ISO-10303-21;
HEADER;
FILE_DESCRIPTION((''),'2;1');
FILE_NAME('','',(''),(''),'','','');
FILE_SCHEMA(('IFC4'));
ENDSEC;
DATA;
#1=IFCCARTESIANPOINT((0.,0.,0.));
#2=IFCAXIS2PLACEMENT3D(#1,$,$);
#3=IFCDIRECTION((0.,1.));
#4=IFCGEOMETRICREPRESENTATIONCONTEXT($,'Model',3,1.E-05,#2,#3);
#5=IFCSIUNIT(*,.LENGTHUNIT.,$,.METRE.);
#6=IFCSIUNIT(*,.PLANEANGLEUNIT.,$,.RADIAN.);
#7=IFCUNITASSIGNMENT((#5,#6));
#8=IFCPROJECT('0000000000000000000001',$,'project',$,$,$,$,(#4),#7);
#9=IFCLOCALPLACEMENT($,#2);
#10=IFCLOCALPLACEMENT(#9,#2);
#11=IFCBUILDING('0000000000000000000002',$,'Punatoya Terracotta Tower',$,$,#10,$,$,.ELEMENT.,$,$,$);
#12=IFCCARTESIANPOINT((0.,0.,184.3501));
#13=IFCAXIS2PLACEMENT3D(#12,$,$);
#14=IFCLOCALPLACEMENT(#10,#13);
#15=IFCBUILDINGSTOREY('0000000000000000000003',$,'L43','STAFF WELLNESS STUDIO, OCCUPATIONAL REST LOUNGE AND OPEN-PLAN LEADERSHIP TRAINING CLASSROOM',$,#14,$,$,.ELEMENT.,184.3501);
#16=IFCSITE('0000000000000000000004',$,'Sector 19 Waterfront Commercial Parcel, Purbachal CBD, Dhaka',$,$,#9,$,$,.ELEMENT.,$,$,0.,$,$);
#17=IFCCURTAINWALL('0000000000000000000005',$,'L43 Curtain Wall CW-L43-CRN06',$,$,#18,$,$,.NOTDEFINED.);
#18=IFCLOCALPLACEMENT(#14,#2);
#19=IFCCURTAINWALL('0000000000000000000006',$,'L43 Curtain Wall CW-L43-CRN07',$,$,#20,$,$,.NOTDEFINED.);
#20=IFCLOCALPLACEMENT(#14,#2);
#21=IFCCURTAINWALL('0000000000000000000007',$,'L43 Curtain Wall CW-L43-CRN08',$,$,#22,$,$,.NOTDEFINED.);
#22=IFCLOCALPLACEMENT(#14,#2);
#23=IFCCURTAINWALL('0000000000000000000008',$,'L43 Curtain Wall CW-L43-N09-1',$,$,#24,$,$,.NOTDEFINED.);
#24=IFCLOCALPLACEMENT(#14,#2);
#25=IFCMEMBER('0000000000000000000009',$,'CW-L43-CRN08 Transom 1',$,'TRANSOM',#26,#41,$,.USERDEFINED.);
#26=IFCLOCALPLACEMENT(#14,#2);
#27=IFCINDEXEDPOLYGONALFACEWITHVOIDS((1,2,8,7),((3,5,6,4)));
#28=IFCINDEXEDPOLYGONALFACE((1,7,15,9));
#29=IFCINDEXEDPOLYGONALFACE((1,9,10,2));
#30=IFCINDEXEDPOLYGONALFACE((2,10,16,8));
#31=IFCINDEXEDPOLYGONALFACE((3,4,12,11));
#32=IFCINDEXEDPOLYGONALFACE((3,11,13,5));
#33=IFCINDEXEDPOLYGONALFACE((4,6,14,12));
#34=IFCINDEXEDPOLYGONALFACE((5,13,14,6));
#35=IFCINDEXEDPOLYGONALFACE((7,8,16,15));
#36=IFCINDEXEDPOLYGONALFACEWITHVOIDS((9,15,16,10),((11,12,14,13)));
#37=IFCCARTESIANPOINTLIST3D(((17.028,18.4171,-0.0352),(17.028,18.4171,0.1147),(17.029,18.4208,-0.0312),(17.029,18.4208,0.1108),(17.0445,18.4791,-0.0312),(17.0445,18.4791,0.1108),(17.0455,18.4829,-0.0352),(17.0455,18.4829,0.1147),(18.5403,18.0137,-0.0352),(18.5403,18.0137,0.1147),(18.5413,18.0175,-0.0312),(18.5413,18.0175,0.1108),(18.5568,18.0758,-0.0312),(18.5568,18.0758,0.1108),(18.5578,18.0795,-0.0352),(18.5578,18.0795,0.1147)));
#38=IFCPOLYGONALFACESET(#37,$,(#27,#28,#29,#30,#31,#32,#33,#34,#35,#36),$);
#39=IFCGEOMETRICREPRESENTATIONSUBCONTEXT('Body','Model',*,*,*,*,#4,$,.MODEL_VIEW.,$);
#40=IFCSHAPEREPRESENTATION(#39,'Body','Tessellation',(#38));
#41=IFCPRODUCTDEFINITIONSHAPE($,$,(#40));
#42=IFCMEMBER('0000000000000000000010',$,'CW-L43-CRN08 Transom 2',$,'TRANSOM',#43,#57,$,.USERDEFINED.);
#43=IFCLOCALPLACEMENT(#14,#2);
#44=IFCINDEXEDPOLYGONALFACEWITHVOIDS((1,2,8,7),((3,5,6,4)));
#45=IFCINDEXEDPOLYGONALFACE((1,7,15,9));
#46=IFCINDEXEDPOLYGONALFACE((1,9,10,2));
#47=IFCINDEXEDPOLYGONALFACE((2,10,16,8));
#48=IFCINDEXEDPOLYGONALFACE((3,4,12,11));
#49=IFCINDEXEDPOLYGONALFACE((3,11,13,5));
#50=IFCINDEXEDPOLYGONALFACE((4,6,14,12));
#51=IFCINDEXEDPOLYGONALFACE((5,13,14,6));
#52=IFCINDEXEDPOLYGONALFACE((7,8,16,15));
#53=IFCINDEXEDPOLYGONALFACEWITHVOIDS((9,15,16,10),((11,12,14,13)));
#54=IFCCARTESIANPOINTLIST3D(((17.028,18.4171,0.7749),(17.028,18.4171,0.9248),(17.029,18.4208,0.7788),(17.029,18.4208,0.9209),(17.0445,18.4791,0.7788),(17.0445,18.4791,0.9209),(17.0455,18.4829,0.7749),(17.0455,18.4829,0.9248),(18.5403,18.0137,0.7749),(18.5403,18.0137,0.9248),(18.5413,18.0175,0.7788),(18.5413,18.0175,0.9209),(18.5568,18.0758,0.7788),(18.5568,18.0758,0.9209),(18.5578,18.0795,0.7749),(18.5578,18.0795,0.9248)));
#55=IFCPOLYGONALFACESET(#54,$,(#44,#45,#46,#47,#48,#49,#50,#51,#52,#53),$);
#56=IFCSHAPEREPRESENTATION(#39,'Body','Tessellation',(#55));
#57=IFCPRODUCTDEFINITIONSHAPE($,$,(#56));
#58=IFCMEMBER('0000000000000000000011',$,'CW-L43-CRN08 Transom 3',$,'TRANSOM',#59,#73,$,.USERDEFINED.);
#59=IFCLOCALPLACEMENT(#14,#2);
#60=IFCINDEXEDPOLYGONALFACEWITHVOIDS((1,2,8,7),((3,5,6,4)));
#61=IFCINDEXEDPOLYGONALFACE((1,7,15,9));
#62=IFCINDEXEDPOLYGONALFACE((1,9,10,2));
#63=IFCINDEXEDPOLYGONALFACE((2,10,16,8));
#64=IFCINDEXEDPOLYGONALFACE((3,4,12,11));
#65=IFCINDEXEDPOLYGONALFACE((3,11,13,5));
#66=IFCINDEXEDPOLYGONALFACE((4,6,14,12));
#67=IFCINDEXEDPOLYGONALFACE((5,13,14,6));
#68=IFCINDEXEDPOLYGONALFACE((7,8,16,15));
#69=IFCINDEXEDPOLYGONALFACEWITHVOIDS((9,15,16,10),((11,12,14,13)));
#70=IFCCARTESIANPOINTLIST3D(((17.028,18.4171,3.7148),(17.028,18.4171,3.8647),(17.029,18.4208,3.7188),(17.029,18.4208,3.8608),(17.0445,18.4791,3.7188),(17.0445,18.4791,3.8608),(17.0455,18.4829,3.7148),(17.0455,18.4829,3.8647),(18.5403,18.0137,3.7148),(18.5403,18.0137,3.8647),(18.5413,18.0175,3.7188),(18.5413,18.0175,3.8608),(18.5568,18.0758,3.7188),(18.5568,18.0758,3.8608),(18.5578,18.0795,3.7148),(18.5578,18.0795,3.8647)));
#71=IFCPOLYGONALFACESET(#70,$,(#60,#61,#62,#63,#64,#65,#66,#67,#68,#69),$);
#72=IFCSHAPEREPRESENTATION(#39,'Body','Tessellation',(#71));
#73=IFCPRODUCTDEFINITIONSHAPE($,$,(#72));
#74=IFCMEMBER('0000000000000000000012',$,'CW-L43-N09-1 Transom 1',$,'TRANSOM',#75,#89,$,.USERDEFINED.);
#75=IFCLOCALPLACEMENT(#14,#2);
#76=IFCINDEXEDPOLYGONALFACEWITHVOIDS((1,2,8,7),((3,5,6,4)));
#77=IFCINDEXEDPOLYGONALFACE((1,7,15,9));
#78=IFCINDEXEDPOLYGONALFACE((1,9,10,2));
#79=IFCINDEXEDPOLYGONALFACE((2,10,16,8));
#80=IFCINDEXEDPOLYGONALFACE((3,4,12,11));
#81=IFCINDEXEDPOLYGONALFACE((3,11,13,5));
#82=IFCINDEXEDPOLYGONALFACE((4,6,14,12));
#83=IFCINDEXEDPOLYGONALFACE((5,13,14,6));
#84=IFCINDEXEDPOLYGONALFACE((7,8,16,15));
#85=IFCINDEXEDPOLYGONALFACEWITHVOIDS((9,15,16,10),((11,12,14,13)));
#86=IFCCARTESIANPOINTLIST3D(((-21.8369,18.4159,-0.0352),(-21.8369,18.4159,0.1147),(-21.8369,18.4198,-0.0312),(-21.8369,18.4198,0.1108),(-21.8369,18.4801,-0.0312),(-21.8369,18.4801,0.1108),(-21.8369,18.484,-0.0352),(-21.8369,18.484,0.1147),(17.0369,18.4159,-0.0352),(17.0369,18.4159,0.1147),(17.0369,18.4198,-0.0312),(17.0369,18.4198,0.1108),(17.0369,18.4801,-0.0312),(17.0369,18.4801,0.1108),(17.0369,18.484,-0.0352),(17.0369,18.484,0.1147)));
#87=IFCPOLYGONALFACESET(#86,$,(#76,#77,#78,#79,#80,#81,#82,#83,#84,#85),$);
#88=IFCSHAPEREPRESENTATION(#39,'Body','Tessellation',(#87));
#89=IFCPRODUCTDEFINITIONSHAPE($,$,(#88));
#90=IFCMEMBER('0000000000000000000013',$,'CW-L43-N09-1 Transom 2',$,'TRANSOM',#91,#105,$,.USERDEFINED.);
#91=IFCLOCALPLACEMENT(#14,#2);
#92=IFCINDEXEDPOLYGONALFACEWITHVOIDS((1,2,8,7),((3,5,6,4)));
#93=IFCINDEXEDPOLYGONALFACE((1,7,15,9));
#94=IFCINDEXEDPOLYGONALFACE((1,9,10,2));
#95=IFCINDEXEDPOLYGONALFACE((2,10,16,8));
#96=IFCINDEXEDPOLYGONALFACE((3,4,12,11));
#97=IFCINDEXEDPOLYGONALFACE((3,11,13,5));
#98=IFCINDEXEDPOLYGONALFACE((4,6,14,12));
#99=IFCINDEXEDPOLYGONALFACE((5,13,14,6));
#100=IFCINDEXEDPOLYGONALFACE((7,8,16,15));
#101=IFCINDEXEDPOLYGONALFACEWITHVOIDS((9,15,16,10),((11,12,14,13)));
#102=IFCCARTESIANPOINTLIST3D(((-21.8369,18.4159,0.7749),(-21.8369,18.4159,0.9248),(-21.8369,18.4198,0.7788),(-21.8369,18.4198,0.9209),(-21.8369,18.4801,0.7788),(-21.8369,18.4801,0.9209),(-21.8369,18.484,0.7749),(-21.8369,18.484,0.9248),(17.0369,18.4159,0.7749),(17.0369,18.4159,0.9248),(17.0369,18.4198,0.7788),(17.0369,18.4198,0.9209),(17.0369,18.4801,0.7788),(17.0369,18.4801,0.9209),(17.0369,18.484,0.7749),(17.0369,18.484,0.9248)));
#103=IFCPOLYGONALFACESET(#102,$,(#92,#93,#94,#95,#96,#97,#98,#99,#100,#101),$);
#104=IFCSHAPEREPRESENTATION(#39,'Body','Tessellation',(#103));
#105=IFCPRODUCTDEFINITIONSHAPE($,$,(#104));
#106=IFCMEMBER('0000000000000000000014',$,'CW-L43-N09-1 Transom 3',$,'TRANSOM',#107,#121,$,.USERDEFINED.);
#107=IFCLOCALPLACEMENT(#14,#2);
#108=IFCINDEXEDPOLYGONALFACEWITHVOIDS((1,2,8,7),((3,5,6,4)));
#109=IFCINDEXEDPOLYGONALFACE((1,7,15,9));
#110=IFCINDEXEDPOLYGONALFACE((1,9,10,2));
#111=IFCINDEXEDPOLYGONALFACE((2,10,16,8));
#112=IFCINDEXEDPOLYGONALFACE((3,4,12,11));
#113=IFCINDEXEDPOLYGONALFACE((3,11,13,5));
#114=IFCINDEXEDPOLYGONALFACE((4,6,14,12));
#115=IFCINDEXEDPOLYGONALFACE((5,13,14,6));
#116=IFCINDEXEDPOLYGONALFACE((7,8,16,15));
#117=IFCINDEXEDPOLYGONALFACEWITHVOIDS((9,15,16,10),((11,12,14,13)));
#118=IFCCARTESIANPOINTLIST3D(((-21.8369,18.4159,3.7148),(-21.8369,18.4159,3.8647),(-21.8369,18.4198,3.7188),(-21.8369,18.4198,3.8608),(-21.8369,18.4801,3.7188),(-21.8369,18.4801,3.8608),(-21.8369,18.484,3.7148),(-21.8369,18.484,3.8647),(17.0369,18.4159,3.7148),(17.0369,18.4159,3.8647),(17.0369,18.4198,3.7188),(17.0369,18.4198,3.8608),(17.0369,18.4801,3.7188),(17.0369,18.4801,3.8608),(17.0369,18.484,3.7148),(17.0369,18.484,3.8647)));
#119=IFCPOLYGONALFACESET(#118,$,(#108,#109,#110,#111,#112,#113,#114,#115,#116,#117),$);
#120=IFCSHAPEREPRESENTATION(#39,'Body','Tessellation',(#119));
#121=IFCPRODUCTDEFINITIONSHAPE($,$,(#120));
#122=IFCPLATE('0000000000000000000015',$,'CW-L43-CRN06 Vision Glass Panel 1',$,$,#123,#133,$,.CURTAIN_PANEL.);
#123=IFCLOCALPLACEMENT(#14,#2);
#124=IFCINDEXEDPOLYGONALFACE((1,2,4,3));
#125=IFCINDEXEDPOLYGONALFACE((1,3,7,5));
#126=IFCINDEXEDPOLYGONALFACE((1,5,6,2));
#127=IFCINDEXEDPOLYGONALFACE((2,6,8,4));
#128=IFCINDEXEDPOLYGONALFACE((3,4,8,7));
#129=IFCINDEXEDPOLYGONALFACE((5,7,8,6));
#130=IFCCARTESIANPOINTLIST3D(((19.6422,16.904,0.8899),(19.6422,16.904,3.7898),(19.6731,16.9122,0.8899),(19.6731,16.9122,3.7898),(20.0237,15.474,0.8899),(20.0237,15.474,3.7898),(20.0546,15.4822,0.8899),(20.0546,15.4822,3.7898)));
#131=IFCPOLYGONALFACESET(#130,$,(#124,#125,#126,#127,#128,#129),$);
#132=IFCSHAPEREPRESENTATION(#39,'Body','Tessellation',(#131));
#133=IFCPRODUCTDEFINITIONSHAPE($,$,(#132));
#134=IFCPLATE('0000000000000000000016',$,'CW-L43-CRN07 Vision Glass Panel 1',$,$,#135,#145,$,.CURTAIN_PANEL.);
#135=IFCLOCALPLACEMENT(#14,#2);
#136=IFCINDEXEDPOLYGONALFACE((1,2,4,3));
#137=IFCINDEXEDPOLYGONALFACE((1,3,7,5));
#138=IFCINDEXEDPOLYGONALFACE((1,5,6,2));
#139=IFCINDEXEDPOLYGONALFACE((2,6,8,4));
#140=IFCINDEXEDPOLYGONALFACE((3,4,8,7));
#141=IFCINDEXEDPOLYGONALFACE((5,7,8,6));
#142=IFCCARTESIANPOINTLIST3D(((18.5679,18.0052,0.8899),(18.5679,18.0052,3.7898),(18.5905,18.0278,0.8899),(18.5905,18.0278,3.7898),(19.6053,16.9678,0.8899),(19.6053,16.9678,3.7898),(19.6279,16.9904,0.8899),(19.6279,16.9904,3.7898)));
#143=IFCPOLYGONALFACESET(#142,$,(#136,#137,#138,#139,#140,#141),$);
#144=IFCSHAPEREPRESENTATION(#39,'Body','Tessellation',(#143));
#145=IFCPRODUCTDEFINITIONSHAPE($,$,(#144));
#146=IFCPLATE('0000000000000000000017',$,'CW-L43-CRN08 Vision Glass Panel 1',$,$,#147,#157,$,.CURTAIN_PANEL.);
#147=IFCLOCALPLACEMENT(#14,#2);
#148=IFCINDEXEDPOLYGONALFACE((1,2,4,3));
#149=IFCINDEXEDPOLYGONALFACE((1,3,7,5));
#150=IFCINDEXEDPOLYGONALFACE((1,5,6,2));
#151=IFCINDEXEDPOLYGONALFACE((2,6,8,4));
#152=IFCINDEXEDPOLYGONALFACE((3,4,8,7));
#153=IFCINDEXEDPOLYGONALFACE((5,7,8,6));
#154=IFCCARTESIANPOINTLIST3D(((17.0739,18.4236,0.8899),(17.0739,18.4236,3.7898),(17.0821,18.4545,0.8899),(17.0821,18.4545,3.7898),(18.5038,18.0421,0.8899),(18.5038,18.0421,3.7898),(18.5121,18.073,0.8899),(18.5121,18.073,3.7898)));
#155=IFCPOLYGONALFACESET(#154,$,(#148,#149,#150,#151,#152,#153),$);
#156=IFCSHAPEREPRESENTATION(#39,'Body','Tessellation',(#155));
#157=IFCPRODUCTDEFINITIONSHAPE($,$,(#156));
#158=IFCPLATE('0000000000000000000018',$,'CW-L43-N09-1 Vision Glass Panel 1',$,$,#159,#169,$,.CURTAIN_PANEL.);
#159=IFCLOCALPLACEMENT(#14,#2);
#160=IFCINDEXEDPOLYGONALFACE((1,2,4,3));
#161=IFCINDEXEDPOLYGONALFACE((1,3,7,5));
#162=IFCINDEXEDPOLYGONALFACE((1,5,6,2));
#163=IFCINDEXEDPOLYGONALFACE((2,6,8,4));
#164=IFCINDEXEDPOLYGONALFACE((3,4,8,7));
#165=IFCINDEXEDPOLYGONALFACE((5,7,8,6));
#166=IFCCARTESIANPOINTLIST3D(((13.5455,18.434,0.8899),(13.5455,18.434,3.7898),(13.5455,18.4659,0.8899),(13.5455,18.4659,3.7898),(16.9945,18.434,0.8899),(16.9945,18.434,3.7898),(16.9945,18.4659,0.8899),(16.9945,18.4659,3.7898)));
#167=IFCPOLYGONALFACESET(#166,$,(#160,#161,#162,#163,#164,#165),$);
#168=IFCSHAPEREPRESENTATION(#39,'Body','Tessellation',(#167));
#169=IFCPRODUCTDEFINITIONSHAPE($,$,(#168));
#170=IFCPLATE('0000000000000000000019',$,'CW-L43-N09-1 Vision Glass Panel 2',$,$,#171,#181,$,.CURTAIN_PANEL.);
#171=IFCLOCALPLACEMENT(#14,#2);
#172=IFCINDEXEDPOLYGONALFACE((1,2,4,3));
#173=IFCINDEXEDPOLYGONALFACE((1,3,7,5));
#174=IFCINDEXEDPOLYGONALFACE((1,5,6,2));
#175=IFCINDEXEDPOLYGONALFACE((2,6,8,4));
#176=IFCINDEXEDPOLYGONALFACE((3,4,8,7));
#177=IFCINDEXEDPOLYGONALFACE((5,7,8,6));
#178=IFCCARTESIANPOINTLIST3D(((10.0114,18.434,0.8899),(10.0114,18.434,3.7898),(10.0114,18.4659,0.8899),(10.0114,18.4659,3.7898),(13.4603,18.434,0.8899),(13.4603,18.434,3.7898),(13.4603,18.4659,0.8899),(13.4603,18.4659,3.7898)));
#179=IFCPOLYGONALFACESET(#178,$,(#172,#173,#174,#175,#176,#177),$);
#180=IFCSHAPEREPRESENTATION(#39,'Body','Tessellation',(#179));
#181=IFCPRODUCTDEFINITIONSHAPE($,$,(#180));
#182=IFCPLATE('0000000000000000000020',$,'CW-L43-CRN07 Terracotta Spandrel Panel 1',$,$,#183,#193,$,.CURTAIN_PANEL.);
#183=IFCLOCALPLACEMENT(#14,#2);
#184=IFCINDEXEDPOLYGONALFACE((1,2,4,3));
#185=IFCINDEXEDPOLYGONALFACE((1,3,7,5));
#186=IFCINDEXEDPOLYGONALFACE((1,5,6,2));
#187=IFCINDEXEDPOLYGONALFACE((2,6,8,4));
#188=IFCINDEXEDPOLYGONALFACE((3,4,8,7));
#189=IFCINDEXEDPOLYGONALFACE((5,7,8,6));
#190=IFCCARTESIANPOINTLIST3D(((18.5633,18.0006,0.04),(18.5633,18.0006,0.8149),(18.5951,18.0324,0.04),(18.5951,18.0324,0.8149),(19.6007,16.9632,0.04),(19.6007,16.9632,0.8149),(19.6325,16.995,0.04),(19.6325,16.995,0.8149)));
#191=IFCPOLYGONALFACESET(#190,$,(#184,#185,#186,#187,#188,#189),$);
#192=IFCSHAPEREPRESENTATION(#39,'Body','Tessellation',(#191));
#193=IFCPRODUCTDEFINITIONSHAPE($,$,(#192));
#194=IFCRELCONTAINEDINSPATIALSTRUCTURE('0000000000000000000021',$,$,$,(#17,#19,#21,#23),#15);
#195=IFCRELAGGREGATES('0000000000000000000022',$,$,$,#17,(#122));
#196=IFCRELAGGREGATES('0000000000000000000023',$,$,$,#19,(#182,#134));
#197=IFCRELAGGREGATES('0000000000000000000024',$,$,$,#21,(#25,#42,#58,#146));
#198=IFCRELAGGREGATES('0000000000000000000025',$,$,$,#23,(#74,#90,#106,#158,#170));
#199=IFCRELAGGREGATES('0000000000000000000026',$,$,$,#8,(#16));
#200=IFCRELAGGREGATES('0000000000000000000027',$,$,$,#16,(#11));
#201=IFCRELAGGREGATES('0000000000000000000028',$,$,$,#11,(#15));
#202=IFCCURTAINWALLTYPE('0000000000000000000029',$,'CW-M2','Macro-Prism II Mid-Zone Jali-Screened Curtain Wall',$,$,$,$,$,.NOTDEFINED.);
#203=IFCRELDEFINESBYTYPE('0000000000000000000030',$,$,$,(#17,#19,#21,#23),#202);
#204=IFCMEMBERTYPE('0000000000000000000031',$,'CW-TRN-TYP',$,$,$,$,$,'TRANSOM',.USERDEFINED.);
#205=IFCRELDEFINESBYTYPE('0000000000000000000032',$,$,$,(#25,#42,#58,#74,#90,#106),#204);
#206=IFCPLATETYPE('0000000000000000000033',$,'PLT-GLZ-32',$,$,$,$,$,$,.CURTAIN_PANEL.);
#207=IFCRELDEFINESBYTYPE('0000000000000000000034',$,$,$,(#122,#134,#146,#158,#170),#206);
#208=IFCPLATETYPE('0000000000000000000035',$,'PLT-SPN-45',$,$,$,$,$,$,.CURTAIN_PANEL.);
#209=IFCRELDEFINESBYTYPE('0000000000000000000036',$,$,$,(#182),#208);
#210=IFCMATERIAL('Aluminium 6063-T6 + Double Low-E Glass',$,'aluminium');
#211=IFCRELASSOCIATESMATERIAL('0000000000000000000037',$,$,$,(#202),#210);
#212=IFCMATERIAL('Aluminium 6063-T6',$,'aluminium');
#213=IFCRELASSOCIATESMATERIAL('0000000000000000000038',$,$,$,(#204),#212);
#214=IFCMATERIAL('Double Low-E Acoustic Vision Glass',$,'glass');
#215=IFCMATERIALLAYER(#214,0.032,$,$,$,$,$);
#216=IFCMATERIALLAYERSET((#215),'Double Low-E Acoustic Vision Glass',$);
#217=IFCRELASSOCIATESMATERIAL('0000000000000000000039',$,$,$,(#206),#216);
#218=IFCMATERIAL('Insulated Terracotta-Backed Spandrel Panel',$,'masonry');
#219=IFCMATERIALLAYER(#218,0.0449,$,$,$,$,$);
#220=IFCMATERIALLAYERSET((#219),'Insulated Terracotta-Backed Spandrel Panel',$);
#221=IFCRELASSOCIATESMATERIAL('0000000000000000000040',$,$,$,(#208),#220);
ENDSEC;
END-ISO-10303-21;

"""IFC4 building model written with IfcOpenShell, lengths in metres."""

from ifc_helpers import new_model, si_unit, direction, frame, origin, origin_2d, place, context, subcontext, project, spatial, rectangle, hollow_rectangle, extrude, material, layer, layer_set, material_profile, profile_set, type_object, element, aggregate, save


model = new_model("IFC4")

# Units and contexts
model_context = context("Model", 3, precision=1e-05, world=origin(), true_north=direction((0.0, 1.0)))
body_context = subcontext(model_context, "Body", "Model", "MODEL_VIEW")
ifc_project = project(units=[si_unit("LENGTHUNIT", "METRE"), si_unit("PLANEANGLEUNIT", "RADIAN")], contexts=[model_context])

# Site, building, storey
site_placement = place(None, origin())
site = spatial("IfcSite", under=ifc_project, at=site_placement, Name="Sector 19 Waterfront Commercial Parcel, Purbachal CBD, Dhaka", CompositionType="ELEMENT", RefElevation=0.0)
building_placement = place(site_placement, origin())
building = spatial("IfcBuilding", under=site, at=building_placement, Name="Punatoya Terracotta Tower", CompositionType="ELEMENT")
storey_placement = place(building_placement, frame((0.0, 0.0, 184.3501)))
storey = spatial("IfcBuildingStorey", under=building, at=storey_placement, Name="L43", Description="STAFF WELLNESS STUDIO, OCCUPATIONAL REST LOUNGE AND OPEN-PLAN LEADERSHIP TRAINING CLASSROOM", CompositionType="ELEMENT", Elevation=184.3501)

# Curtain wall
ifc_material_1 = material(Name="Aluminium 6063-T6 + Double Low-E Glass", Category="aluminium")
curtain_wall_type = type_object("IfcCurtainWallType", Name="CW-M2", Description="Macro-Prism II Mid-Zone Jali-Screened Curtain Wall", PredefinedType="NOTDEFINED", material=ifc_material_1)
curtain_wall_1_placement = place(storey_placement, origin())
curtain_wall_1 = element("IfcCurtainWall", 1, at=curtain_wall_1_placement, inside=storey, type_object=curtain_wall_type, Name="L43 Curtain Wall CW-L43-CRN06", PredefinedType="NOTDEFINED")
ifc_material_2 = material(Name="Aluminium 6063-T6", Category="aluminium")

# Curtain walls
curtain_wall_2_placement = place(storey_placement, origin())
curtain_wall_2 = element("IfcCurtainWall", 2, at=curtain_wall_2_placement, inside=storey, type_object=curtain_wall_type, Name="L43 Curtain Wall CW-L43-CRN07", PredefinedType="NOTDEFINED")
curtain_wall_3_placement = place(storey_placement, origin())
curtain_wall_3 = element("IfcCurtainWall", 3, at=curtain_wall_3_placement, inside=storey, type_object=curtain_wall_type, Name="L43 Curtain Wall CW-L43-CRN08", PredefinedType="NOTDEFINED")
curtain_wall_4_placement = place(storey_placement, origin())
curtain_wall_4 = element("IfcCurtainWall", 4, at=curtain_wall_4_placement, inside=storey, type_object=curtain_wall_type, Name="L43 Curtain Wall CW-L43-N09-1", PredefinedType="NOTDEFINED")

# Members
ifc_material_profile_1 = material_profile(ifc_material_2, hollow_rectangle(XDim=0.0681, YDim=0.1499, WallThickness=0.0039, at=origin_2d()))
ifc_profile_set_1 = profile_set([ifc_material_profile_1], Name="Aluminium 6063-T6")
member_type_1 = type_object("IfcMemberType", Name="CW-TRN-TYP", ElementType="TRANSOM", PredefinedType="USERDEFINED", material=ifc_profile_set_1)
member_1_placement = place(storey_placement, frame((18.5491, 18.0466, 0.0398), z_axis=(-0.966225, 0.257701, 0.0), x_axis=(-0.257701, -0.966225, 0.0)))
member_1 = element("IfcMember", 5, at=member_1_placement, type_object=member_type_1, Name="CW-L43-CRN08 Transom 1", ObjectType="TRANSOM", PredefinedType="USERDEFINED", context=body_context, shape_type="SweptSolid", body=[
    extrude(hollow_rectangle(XDim=0.0681, YDim=0.1499, WallThickness=0.0039, at=origin_2d()), origin(), (0.0, 0.0, 1.0), 1.5652),
])
member_2_placement = place(storey_placement, frame((18.5491, 18.0466, 0.8499), z_axis=(-0.966225, 0.257701, 0.0), x_axis=(-0.257701, -0.966225, 0.0)))
member_2 = element("IfcMember", 6, at=member_2_placement, type_object=member_type_1, Name="CW-L43-CRN08 Transom 2", ObjectType="TRANSOM", PredefinedType="USERDEFINED", context=body_context, shape_type="SweptSolid", body=[
    extrude(hollow_rectangle(XDim=0.0681, YDim=0.1499, WallThickness=0.0039, at=origin_2d()), origin(), (0.0, 0.0, 1.0), 1.5652),
])
member_3_placement = place(storey_placement, frame((18.5491, 18.0466, 3.7898), z_axis=(-0.966225, 0.257701, 0.0), x_axis=(-0.257701, -0.966225, 0.0)))
member_3 = element("IfcMember", 7, at=member_3_placement, type_object=member_type_1, Name="CW-L43-CRN08 Transom 3", ObjectType="TRANSOM", PredefinedType="USERDEFINED", context=body_context, shape_type="SweptSolid", body=[
    extrude(hollow_rectangle(XDim=0.0681, YDim=0.1499, WallThickness=0.0039, at=origin_2d()), origin(), (0.0, 0.0, 1.0), 1.5652),
])
member_4_placement = place(storey_placement, frame((17.0369, 18.45, 0.0398), z_axis=(-1.0, 0.0, 0.0), x_axis=(0.0, -1.0, 0.0)))
member_4 = element("IfcMember", 8, at=member_4_placement, type_object=member_type_1, Name="CW-L43-N09-1 Transom 1", ObjectType="TRANSOM", PredefinedType="USERDEFINED", context=body_context, shape_type="SweptSolid", body=[
    extrude(hollow_rectangle(XDim=0.0681, YDim=0.1499, WallThickness=0.0039, at=origin_2d()), origin(), (0.0, 0.0, 1.0), 38.8738),
])
member_5_placement = place(storey_placement, frame((17.0369, 18.45, 0.8499), z_axis=(-1.0, 0.0, 0.0), x_axis=(0.0, -1.0, 0.0)))
member_5 = element("IfcMember", 9, at=member_5_placement, type_object=member_type_1, Name="CW-L43-N09-1 Transom 2", ObjectType="TRANSOM", PredefinedType="USERDEFINED", context=body_context, shape_type="SweptSolid", body=[
    extrude(hollow_rectangle(XDim=0.0681, YDim=0.1499, WallThickness=0.0039, at=origin_2d()), origin(), (0.0, 0.0, 1.0), 38.8738),
])
member_6_placement = place(storey_placement, frame((17.0369, 18.45, 3.7898), z_axis=(-1.0, 0.0, 0.0), x_axis=(0.0, -1.0, 0.0)))
member_6 = element("IfcMember", 10, at=member_6_placement, type_object=member_type_1, Name="CW-L43-N09-1 Transom 3", ObjectType="TRANSOM", PredefinedType="USERDEFINED", context=body_context, shape_type="SweptSolid", body=[
    extrude(hollow_rectangle(XDim=0.0681, YDim=0.1499, WallThickness=0.0039, at=origin_2d()), origin(), (0.0, 0.0, 1.0), 38.8738),
])

# Plates
ifc_material_3 = material(Name="Double Low-E Acoustic Vision Glass", Category="glass")
ifc_layer_1 = layer(ifc_material_3, 0.032)
ifc_layer_set_1 = layer_set([ifc_layer_1], Name="Double Low-E Acoustic Vision Glass")
plate_type_1 = type_object("IfcPlateType", Name="PLT-GLZ-32", PredefinedType="CURTAIN_PANEL", material=ifc_layer_set_1)
plate_1_placement = place(storey_placement, frame((19.8484, 16.1931, 0.8899), z_axis=(0.0, 0.0, 1.0), x_axis=(-0.257742, 0.966214, 0.0)))
plate_1 = element("IfcPlate", 11, at=plate_1_placement, type_object=plate_type_1, Name="CW-L43-CRN06 Vision Glass Panel 1", PredefinedType="CURTAIN_PANEL", context=body_context, shape_type="SweptSolid", body=[
    extrude(rectangle(XDim=1.48, YDim=0.032, at=origin_2d()), origin(), (0.0, 0.0, 1.0), 2.8999),
])
aggregate(curtain_wall_1, [plate_1])
plate_2_placement = place(storey_placement, frame((19.0979, 17.4978, 0.8899), z_axis=(0.0, 0.0, 1.0), x_axis=(-0.707107, 0.707107, 0.0)))
plate_2 = element("IfcPlate", 12, at=plate_2_placement, type_object=plate_type_1, Name="CW-L43-CRN07 Vision Glass Panel 1", PredefinedType="CURTAIN_PANEL", context=body_context, shape_type="SweptSolid", body=[
    extrude(rectangle(XDim=1.467, YDim=0.032, at=origin_2d()), origin(), (0.0, 0.0, 1.0), 2.8999),
])
plate_3_placement = place(storey_placement, frame((17.793, 18.2483, 0.8899), z_axis=(0.0, 0.0, 1.0), x_axis=(-0.966214, 0.257742, 0.0)))
plate_3 = element("IfcPlate", 13, at=plate_3_placement, type_object=plate_type_1, Name="CW-L43-CRN08 Vision Glass Panel 1", PredefinedType="CURTAIN_PANEL", context=body_context, shape_type="SweptSolid", body=[
    extrude(rectangle(XDim=1.48, YDim=0.032, at=origin_2d()), origin(), (0.0, 0.0, 1.0), 2.8999),
])
plate_4_placement = place(storey_placement, frame((15.27, 18.45, 0.8899), z_axis=(0.0, 0.0, 1.0), x_axis=(-1.0, 0.0, 0.0)))
plate_4 = element("IfcPlate", 14, at=plate_4_placement, type_object=plate_type_1, Name="CW-L43-N09-1 Vision Glass Panel 1", PredefinedType="CURTAIN_PANEL", context=body_context, shape_type="SweptSolid", body=[
    extrude(rectangle(XDim=3.449, YDim=0.032, at=origin_2d()), origin(), (0.0, 0.0, 1.0), 2.8999),
])
plate_5_placement = place(storey_placement, frame((11.7358, 18.45, 0.8899), z_axis=(0.0, 0.0, 1.0), x_axis=(-1.0, 0.0, 0.0)))
plate_5 = element("IfcPlate", 15, at=plate_5_placement, type_object=plate_type_1, Name="CW-L43-N09-1 Vision Glass Panel 2", PredefinedType="CURTAIN_PANEL", context=body_context, shape_type="SweptSolid", body=[
    extrude(rectangle(XDim=3.449, YDim=0.032, at=origin_2d()), origin(), (0.0, 0.0, 1.0), 2.8999),
])
ifc_material_4 = material(Name="Insulated Terracotta-Backed Spandrel Panel", Category="masonry")
ifc_layer_2 = layer(ifc_material_4, 0.0449)
ifc_layer_set_2 = layer_set([ifc_layer_2], Name="Insulated Terracotta-Backed Spandrel Panel")
plate_type_2 = type_object("IfcPlateType", Name="PLT-SPN-45", PredefinedType="CURTAIN_PANEL", material=ifc_layer_set_2)
plate_6_placement = place(storey_placement, frame((19.0979, 17.4978, 0.04), z_axis=(0.0, 0.0, 1.0), x_axis=(-0.707107, 0.707107, 0.0)))
plate_6 = element("IfcPlate", 16, at=plate_6_placement, type_object=plate_type_2, Name="CW-L43-CRN07 Terracotta Spandrel Panel 1", PredefinedType="CURTAIN_PANEL", context=body_context, shape_type="SweptSolid", body=[
    extrude(rectangle(XDim=1.467, YDim=0.0449, at=origin_2d()), origin(), (0.0, 0.0, 1.0), 0.7749),
])
aggregate(curtain_wall_2, [plate_6, plate_2])
aggregate(curtain_wall_3, [member_1, member_2, member_3, plate_3])
aggregate(curtain_wall_4, [member_4, member_5, member_6, plate_4, plate_5])

save(model, "model.ifc")
